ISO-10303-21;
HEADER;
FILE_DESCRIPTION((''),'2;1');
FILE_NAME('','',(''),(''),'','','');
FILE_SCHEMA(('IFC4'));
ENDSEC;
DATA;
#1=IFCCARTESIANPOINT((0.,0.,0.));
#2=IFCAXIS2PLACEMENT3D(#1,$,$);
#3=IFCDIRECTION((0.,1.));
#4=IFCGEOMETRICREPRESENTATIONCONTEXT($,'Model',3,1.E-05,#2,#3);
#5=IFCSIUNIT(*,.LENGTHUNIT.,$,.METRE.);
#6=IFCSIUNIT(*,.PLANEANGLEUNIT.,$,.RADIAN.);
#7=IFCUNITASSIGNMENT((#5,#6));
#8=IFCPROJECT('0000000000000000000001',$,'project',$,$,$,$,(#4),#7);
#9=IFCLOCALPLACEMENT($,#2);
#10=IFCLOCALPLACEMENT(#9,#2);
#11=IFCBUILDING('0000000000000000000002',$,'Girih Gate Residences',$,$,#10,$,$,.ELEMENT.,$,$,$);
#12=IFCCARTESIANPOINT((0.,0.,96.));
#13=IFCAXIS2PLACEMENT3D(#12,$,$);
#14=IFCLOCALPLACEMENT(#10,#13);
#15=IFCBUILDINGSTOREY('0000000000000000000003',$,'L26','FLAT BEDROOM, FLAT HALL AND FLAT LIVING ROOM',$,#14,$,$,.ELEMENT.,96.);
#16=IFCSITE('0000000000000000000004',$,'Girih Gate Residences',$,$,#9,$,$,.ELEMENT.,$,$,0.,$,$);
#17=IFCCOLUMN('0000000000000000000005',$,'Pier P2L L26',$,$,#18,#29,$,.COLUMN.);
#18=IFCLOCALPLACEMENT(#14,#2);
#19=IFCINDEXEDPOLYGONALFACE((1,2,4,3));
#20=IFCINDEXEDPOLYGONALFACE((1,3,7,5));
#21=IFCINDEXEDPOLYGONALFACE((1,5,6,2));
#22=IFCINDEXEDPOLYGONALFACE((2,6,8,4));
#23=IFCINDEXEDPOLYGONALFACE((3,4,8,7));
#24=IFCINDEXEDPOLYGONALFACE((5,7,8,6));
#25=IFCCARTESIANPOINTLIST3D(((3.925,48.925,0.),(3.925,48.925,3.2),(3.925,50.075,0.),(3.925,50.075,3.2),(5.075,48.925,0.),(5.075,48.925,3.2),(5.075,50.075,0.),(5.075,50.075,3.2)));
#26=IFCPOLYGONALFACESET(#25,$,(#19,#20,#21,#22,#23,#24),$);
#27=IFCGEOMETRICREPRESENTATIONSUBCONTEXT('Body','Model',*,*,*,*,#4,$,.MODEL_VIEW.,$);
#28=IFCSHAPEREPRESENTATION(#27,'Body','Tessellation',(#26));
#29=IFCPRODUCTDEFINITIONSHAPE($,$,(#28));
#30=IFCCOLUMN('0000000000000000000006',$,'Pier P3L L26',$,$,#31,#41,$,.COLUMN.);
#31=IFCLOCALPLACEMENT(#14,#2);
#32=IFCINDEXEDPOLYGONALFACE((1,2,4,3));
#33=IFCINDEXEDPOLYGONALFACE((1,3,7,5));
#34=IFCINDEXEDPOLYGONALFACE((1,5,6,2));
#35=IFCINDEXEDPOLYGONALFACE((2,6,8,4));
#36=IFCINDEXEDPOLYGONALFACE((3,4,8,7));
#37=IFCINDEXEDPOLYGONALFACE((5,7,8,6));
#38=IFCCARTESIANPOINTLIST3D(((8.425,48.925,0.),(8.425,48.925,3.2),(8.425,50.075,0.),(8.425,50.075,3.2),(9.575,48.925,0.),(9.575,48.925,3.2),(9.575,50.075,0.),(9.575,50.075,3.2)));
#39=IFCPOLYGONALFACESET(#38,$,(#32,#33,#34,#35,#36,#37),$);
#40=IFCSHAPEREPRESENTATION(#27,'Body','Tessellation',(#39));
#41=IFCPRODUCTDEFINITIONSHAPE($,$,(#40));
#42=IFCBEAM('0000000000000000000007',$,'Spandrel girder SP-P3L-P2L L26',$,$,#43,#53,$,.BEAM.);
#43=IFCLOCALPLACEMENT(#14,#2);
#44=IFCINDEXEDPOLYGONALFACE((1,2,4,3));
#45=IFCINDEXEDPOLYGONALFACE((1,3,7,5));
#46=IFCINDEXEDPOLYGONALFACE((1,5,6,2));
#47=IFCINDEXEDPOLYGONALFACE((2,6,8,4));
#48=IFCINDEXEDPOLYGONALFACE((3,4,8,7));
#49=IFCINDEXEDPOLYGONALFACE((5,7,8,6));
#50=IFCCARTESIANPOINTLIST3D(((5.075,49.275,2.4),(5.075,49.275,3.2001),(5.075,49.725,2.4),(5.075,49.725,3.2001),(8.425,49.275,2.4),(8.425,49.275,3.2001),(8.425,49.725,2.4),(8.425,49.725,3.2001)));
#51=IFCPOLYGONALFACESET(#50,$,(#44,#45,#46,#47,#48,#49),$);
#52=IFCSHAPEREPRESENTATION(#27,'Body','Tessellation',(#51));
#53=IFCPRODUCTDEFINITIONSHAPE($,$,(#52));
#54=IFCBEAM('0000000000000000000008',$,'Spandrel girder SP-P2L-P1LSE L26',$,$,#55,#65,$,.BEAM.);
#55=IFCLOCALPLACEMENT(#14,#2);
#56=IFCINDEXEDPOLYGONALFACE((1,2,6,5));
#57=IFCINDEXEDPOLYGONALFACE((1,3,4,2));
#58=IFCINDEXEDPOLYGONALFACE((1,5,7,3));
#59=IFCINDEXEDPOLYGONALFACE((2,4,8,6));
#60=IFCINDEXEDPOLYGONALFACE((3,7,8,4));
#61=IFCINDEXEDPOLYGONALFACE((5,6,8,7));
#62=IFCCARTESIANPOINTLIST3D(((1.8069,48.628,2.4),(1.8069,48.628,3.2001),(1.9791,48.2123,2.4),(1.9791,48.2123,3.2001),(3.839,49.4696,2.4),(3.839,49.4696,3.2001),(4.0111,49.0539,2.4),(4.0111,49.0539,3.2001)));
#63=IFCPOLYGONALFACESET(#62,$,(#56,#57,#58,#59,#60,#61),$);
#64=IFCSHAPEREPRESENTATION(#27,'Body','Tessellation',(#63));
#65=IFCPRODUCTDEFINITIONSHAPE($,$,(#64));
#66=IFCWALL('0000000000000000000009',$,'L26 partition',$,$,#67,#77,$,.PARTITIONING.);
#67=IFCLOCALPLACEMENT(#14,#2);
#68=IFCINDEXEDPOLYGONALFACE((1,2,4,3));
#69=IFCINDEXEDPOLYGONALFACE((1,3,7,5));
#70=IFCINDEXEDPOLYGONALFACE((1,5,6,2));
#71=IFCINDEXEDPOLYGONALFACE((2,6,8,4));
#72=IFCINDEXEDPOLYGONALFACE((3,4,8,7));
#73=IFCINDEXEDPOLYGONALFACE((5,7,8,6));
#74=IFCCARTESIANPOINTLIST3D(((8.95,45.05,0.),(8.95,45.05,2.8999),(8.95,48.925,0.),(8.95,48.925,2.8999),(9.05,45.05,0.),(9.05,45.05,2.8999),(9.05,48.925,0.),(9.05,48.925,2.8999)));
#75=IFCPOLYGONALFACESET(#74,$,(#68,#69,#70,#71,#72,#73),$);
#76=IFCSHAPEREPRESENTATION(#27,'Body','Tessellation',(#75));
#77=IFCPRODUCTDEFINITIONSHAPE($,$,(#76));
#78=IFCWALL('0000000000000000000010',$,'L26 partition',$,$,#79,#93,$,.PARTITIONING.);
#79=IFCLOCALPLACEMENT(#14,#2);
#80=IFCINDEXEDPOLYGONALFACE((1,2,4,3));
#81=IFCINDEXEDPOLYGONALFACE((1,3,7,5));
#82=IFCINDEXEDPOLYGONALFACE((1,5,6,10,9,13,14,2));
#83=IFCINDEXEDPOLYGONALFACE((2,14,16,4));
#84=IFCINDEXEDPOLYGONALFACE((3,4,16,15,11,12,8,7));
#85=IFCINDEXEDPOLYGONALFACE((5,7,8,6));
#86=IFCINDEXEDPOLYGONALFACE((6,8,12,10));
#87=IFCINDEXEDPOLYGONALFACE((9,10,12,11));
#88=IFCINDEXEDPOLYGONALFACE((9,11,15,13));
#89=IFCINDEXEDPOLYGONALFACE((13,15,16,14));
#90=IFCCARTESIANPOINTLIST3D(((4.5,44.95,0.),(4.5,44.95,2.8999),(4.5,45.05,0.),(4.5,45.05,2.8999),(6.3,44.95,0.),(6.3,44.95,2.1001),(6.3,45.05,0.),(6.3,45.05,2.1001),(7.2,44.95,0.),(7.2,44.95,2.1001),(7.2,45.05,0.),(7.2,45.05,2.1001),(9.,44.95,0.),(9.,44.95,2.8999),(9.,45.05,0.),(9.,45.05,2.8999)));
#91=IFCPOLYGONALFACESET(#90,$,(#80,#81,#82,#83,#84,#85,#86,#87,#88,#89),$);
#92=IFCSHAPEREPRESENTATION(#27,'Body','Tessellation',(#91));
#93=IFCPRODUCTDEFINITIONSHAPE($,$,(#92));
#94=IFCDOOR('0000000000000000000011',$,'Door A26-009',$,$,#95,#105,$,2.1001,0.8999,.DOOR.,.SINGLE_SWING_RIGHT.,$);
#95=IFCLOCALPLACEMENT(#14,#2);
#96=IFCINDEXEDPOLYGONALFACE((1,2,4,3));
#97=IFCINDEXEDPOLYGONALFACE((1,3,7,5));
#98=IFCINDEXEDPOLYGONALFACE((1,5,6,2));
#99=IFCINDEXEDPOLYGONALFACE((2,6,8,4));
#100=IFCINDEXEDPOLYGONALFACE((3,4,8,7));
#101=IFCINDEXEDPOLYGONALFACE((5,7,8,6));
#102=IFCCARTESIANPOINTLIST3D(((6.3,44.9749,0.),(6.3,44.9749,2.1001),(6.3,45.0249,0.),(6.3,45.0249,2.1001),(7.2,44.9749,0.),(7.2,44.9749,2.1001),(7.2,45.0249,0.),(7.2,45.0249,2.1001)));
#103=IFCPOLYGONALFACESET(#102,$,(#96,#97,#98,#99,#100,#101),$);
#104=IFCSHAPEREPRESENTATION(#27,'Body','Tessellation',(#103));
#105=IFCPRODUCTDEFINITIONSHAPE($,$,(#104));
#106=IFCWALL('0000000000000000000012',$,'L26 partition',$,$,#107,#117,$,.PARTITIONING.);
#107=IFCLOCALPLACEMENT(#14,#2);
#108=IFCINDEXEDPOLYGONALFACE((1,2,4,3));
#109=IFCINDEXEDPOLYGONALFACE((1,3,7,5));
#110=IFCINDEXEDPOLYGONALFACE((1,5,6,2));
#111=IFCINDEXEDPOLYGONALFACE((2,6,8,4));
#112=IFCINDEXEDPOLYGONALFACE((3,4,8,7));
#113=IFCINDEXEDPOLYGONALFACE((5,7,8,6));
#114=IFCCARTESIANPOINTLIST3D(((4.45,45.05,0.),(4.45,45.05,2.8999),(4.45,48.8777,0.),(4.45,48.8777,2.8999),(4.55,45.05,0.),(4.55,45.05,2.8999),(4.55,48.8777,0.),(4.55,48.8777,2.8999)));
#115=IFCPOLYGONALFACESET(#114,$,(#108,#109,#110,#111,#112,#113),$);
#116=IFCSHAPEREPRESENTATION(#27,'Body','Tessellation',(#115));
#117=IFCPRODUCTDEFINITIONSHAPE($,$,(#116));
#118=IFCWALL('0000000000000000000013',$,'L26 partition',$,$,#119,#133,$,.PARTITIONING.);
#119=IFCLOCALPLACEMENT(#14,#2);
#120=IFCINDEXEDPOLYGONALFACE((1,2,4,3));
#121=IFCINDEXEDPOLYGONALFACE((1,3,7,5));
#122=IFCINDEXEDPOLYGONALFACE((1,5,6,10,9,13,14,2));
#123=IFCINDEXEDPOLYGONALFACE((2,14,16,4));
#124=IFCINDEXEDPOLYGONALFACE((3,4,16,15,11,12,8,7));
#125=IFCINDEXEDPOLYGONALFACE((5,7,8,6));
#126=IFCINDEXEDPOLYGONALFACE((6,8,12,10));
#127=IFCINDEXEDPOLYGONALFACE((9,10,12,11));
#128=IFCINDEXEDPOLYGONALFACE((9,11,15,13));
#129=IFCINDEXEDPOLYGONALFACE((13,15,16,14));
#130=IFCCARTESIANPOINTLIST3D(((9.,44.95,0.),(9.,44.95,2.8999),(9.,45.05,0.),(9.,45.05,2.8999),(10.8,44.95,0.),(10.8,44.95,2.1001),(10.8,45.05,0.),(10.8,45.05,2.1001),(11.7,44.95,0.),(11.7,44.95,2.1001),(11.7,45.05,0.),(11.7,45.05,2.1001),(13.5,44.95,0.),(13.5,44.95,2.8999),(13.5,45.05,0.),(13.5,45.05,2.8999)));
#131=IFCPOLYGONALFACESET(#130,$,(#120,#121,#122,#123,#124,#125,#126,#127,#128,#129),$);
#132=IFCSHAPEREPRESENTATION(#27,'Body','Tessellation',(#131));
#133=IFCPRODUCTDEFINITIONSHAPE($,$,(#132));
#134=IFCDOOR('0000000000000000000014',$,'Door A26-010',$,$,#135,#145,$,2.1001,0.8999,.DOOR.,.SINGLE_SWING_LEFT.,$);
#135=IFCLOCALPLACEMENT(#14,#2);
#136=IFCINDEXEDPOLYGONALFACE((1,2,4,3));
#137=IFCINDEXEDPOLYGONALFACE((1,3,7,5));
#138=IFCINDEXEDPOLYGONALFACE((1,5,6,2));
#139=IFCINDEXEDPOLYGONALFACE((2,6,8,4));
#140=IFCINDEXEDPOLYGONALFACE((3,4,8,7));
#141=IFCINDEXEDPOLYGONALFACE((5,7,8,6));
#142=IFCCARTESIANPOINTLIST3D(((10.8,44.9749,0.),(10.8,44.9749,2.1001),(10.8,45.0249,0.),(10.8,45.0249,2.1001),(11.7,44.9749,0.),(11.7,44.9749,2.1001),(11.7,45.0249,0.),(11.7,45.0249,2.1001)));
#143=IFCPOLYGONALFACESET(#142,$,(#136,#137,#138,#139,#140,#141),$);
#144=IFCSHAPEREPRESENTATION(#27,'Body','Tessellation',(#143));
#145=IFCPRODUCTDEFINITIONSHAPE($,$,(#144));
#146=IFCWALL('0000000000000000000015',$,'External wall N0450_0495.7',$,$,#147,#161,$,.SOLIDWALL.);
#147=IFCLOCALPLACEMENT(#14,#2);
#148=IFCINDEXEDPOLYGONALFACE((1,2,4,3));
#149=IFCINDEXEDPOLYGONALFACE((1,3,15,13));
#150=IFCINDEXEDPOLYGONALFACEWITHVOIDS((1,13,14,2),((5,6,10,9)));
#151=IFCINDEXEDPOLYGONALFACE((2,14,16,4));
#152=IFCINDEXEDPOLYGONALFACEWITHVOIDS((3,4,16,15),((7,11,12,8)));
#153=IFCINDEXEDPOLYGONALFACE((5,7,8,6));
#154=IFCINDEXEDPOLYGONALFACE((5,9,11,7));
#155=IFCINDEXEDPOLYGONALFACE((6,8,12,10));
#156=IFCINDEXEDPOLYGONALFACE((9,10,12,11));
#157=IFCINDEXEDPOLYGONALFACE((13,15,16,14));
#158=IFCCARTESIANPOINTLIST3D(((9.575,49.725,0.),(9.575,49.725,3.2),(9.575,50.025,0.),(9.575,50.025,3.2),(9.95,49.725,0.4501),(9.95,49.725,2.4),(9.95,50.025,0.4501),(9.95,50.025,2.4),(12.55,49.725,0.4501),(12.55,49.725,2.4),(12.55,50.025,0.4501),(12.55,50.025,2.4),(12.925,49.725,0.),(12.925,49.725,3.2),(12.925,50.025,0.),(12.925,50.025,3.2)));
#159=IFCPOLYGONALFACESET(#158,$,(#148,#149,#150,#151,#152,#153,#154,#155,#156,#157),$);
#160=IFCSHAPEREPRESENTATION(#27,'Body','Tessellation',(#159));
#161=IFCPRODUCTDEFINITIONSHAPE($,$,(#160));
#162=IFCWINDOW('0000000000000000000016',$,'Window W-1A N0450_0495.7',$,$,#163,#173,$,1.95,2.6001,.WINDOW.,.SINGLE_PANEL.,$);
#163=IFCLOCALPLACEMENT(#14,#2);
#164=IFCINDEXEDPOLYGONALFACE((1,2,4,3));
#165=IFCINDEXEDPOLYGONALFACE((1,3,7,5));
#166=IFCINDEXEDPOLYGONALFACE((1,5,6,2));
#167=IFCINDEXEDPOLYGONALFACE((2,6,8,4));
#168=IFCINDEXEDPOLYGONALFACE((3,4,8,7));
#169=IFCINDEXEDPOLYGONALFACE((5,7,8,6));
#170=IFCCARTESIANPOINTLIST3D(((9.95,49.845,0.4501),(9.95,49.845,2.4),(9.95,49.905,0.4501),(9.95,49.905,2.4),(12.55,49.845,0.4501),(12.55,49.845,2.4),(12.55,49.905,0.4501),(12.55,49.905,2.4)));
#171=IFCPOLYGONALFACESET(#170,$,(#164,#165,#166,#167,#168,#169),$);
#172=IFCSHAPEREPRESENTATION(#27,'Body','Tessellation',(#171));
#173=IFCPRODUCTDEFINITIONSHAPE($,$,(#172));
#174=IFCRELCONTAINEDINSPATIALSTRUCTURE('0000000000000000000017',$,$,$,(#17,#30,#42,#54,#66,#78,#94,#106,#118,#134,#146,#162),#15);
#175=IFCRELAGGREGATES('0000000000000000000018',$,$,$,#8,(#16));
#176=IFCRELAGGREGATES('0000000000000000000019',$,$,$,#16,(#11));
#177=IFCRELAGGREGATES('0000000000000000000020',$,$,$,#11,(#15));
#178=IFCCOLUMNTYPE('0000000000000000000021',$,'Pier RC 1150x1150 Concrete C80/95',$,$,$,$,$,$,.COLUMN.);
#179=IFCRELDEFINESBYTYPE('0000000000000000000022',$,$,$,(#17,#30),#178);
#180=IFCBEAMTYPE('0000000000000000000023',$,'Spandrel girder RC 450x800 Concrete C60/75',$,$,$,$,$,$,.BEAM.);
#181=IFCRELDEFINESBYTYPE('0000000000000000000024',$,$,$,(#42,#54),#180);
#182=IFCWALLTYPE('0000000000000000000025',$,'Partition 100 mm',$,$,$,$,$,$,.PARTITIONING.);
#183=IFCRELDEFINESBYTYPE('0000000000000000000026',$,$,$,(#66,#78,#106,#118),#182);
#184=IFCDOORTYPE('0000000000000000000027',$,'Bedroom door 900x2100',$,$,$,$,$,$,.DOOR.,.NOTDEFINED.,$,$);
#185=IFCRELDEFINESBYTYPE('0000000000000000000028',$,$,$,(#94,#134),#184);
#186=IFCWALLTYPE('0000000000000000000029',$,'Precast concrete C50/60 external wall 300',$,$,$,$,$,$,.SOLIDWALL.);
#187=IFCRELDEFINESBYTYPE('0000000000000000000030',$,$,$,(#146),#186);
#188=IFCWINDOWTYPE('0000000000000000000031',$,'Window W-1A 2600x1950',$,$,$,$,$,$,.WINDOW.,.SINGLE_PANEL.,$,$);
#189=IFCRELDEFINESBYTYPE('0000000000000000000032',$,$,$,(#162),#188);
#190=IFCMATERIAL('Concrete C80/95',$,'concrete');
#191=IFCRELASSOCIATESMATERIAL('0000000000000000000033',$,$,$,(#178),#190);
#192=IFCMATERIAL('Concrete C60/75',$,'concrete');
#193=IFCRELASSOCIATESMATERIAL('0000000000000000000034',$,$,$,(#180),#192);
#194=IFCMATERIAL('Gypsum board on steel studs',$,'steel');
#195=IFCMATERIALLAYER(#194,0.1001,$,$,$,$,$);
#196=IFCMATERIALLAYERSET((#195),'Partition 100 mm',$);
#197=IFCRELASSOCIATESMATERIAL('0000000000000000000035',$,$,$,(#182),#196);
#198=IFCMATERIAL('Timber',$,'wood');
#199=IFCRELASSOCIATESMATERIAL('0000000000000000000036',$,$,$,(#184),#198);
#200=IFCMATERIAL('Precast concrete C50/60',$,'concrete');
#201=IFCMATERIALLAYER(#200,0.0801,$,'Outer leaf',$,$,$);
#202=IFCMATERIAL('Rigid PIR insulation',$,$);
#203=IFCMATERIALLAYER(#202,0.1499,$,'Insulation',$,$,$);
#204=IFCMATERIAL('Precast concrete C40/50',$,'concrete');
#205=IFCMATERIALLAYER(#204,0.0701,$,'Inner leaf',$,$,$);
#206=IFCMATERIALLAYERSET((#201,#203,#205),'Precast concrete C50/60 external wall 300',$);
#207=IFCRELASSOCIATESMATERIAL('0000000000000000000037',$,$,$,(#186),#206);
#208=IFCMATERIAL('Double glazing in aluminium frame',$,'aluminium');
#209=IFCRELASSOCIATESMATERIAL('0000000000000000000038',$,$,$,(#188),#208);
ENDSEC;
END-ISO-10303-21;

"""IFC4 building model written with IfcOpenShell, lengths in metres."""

from ifc_helpers import new_model, si_unit, direction, frame, frame_2d, origin, origin_2d, place, context, subcontext, project, spatial, rectangle, extrude, material, layer, layer_set, material_profile, profile_set, type_object, element, fill, save


model = new_model("IFC4")

# Units and contexts
model_context = context("Model", 3, precision=1e-05, world=origin(), true_north=direction((0.0, 1.0)))
body_context = subcontext(model_context, "Body", "Model", "MODEL_VIEW")
ifc_project = project(units=[si_unit("LENGTHUNIT", "METRE"), si_unit("PLANEANGLEUNIT", "RADIAN")], contexts=[model_context])

# Site, building, storey
site_placement = place(None, origin())
site = spatial("IfcSite", under=ifc_project, at=site_placement, Name="Girih Gate Residences", CompositionType="ELEMENT", RefElevation=0.0)
building_placement = place(site_placement, origin())
building = spatial("IfcBuilding", under=site, at=building_placement, Name="Girih Gate Residences", CompositionType="ELEMENT")
storey_placement = place(building_placement, frame((0.0, 0.0, 96.0)))
storey = spatial("IfcBuildingStorey", under=building, at=storey_placement, Name="L26", Description="FLAT BEDROOM, FLAT HALL AND FLAT LIVING ROOM", CompositionType="ELEMENT", Elevation=96.0)

# Columns
ifc_material_1 = material(Name="Concrete C80/95", Category="concrete")
ifc_material_profile_1 = material_profile(ifc_material_1, rectangle(XDim=1.1499, YDim=1.1499, at=origin_2d()))
ifc_profile_set_1 = profile_set([ifc_material_profile_1], Name="Concrete C80/95")
column_type = type_object("IfcColumnType", Name="Pier RC 1150x1150 Concrete C80/95", PredefinedType="COLUMN", material=ifc_profile_set_1)
for number, where, z_axis, x_axis, name in (
    (1, (4.5, 49.5, 0.0), (0.0, 0.0, 1.0), (1.0, 0.0, 0.0), "Pier P2L L26"),
    (2, (9.0, 49.5, 0.0), (0.0, 0.0, 1.0), (1.0, 0.0, 0.0), "Pier P3L L26"),
):
    element("IfcColumn", number, at=place(storey_placement, frame(where, z_axis=z_axis, x_axis=x_axis)), inside=storey, type_object=column_type, Name=name, PredefinedType="COLUMN", context=body_context, shape_type="SweptSolid", body=[
        extrude(rectangle(XDim=1.1499, YDim=1.1499, at=origin_2d()), origin(), (0.0, 0.0, 1.0), 3.2),
    ])

# Beams
ifc_material_2 = material(Name="Concrete C60/75", Category="concrete")
ifc_material_profile_2 = material_profile(ifc_material_2, rectangle(XDim=0.45, YDim=0.8, at=origin_2d()))
ifc_profile_set_2 = profile_set([ifc_material_profile_2], Name="Concrete C60/75")
beam_type = type_object("IfcBeamType", Name="Spandrel girder RC 450x800 Concrete C60/75", PredefinedType="BEAM", material=ifc_profile_set_2)
beam_1_placement = place(storey_placement, frame((8.425, 49.5, 2.8), z_axis=(-1.0, 0.0, 0.0), x_axis=(0.0, -1.0, 0.0)))
element("IfcBeam", 3, at=beam_1_placement, inside=storey, type_object=beam_type, Name="Spandrel girder SP-P3L-P2L L26", PredefinedType="BEAM", context=body_context, shape_type="SweptSolid", body=[
    extrude(rectangle(XDim=0.45, YDim=0.8, at=origin_2d()), origin(), (0.0, 0.0, 1.0), 3.3501),
])
beam_2_placement = place(storey_placement, frame((3.925, 49.2617, 2.8), z_axis=(-0.923899, -0.382636, 0.0), x_axis=(0.382636, -0.923899, 0.0)))
element("IfcBeam", 4, at=beam_2_placement, inside=storey, type_object=beam_type, Name="Spandrel girder SP-P2L-P1LSE L26", PredefinedType="BEAM", context=body_context, shape_type="SweptSolid", body=[
    extrude(rectangle(XDim=0.45, YDim=0.8, at=origin_2d()), origin(), (0.0, 0.0, 1.0), 2.1995),
])

# Wall
ifc_material_3 = material(Name="Gypsum board on steel studs", Category="steel")
ifc_layer_1 = layer(ifc_material_3, 0.1001)
ifc_layer_set_1 = layer_set([ifc_layer_1], Name="Partition 100 mm")
wall_type_1 = type_object("IfcWallType", Name="Partition 100 mm", PredefinedType="PARTITIONING", material=ifc_layer_set_1)
wall_1_placement = place(storey_placement, frame((9.0, 45.05, 0.0), z_axis=(0.0, 0.0, 1.0), x_axis=(0.0, 1.0, 0.0)))
element("IfcWall", 5, at=wall_1_placement, inside=storey, type_object=wall_type_1, Name="L26 partition", PredefinedType="PARTITIONING", context=body_context, shape_type="SweptSolid", body=[
    extrude(rectangle(XDim=3.875, YDim=0.1001, at=frame_2d((1.9375, 0.0))), origin(), (0.0, 0.0, 1.0), 2.8999),
])

# Wall, opening, door
wall_2_placement = place(storey_placement, frame((4.5, 45.0, 0.0), z_axis=(0.0, 0.0, 1.0), x_axis=(1.0, 0.0, 0.0)))
wall_2 = element("IfcWall", 6, at=wall_2_placement, inside=storey, type_object=wall_type_1, Name="L26 partition", PredefinedType="PARTITIONING", context=body_context, shape_type="SweptSolid", body=[
    extrude(rectangle(XDim=4.5, YDim=0.1001, at=frame_2d((2.25, 0.0))), origin(), (0.0, 0.0, 1.0), 2.8999),
])
opening_1_placement = place(wall_2_placement, frame((1.8, 0.0, 0.0)))
opening_1 = element("IfcOpeningElement", 7, at=opening_1_placement, cuts=wall_2, PredefinedType="OPENING", context=body_context, shape_type="SweptSolid", body=[
    extrude(rectangle(XDim=0.8999, YDim=2.1001, at=frame_2d((0.45, 1.05))), frame((0.0, 0.0601, 0.0), z_axis=(0.0, -1.0, 0.0), x_axis=(1.0, 0.0, 0.0)), (0.0, 0.0, 1.0), 0.1201),
])
ifc_material_4 = material(Name="Timber", Category="wood")
door_type = type_object("IfcDoorType", Name="Bedroom door 900x2100", OperationType="NOTDEFINED", PredefinedType="DOOR", material=ifc_material_4)
door_1_placement = place(opening_1_placement, origin())
door_1 = element("IfcDoor", 8, at=door_1_placement, inside=storey, type_object=door_type, Name="Door A26-009", OperationType="SINGLE_SWING_RIGHT", OverallHeight=2.1001, OverallWidth=0.8999, PredefinedType="DOOR", context=body_context, shape_type="SweptSolid", body=[
    extrude(rectangle(XDim=0.8999, YDim=2.1001, at=frame_2d((0.45, 1.05))), frame((0.0, 0.0249, 0.0), z_axis=(0.0, -1.0, 0.0), x_axis=(1.0, 0.0, 0.0)), (0.0, 0.0, 1.0), 0.05),
])
fill(opening_1, door_1)

# Wall
wall_3_placement = place(storey_placement, frame((4.5, 45.05, 0.0), z_axis=(0.0, 0.0, 1.0), x_axis=(0.0, 1.0, 0.0)))
element("IfcWall", 9, at=wall_3_placement, inside=storey, type_object=wall_type_1, Name="L26 partition", PredefinedType="PARTITIONING", context=body_context, shape_type="SweptSolid", body=[
    extrude(rectangle(XDim=3.8276, YDim=0.1001, at=frame_2d((1.9138, 0.0))), origin(), (0.0, 0.0, 1.0), 2.8999),
])

# Wall, opening, door
wall_4_placement = place(storey_placement, frame((9.0, 45.0, 0.0), z_axis=(0.0, 0.0, 1.0), x_axis=(1.0, 0.0, 0.0)))
wall_4 = element("IfcWall", 10, at=wall_4_placement, inside=storey, type_object=wall_type_1, Name="L26 partition", PredefinedType="PARTITIONING", context=body_context, shape_type="SweptSolid", body=[
    extrude(rectangle(XDim=4.5, YDim=0.1001, at=frame_2d((2.25, 0.0))), origin(), (0.0, 0.0, 1.0), 2.8999),
])
opening_2_placement = place(wall_4_placement, frame((1.8, 0.0, 0.0)))
opening_2 = element("IfcOpeningElement", 11, at=opening_2_placement, cuts=wall_4, PredefinedType="OPENING", context=body_context, shape_type="SweptSolid", body=[
    extrude(rectangle(XDim=0.8999, YDim=2.1001, at=frame_2d((0.45, 1.05))), frame((0.0, 0.0601, 0.0), z_axis=(0.0, -1.0, 0.0), x_axis=(1.0, 0.0, 0.0)), (0.0, 0.0, 1.0), 0.1201),
])
door_2_placement = place(opening_2_placement, origin())
door_2 = element("IfcDoor", 12, at=door_2_placement, inside=storey, type_object=door_type, Name="Door A26-010", OperationType="SINGLE_SWING_LEFT", OverallHeight=2.1001, OverallWidth=0.8999, PredefinedType="DOOR", context=body_context, shape_type="SweptSolid", body=[
    extrude(rectangle(XDim=0.8999, YDim=2.1001, at=frame_2d((0.45, 1.05))), frame((0.0, 0.0249, 0.0), z_axis=(0.0, -1.0, 0.0), x_axis=(1.0, 0.0, 0.0)), (0.0, 0.0, 1.0), 0.05),
])
fill(opening_2, door_2)

# Wall, opening, window
ifc_material_5 = material(Name="Precast concrete C50/60", Category="concrete")
ifc_layer_2 = layer(ifc_material_5, 0.0801, Name="Outer leaf")
ifc_material_6 = material(Name="Rigid PIR insulation")
ifc_layer_3 = layer(ifc_material_6, 0.1499, Name="Insulation")
ifc_material_7 = material(Name="Precast concrete C40/50", Category="concrete")
ifc_layer_4 = layer(ifc_material_7, 0.0701, Name="Inner leaf")
ifc_layer_set_2 = layer_set([ifc_layer_2, ifc_layer_3, ifc_layer_4], Name="Precast concrete C50/60 external wall 300")
wall_type_2 = type_object("IfcWallType", Name="Precast concrete C50/60 external wall 300", PredefinedType="SOLIDWALL", material=ifc_layer_set_2)
wall_5_placement = place(storey_placement, frame((9.575, 49.875, 0.0), z_axis=(0.0, 0.0, 1.0), x_axis=(1.0, 0.0, 0.0)))
wall_5 = element("IfcWall", 13, at=wall_5_placement, inside=storey, type_object=wall_type_2, Name="External wall N0450_0495.7", PredefinedType="SOLIDWALL", context=body_context, shape_type="SweptSolid", body=[
    extrude(rectangle(XDim=3.3501, YDim=0.3, at=frame_2d((1.675, 0.0))), origin(), (0.0, 0.0, 1.0), 3.2),
])
opening_3_placement = place(wall_5_placement, frame((0.375, 0.0, 0.45)))
opening_3 = element("IfcOpeningElement", 14, at=opening_3_placement, cuts=wall_5, PredefinedType="OPENING", context=body_context, shape_type="SweptSolid", body=[
    extrude(rectangle(XDim=2.6001, YDim=1.95, at=frame_2d((1.3, 0.9751))), frame((0.0, 0.1599, 0.0), z_axis=(0.0, -1.0, 0.0), x_axis=(1.0, 0.0, 0.0)), (0.0, 0.0, 1.0), 0.3201),
])
ifc_material_8 = material(Name="Double glazing in aluminium frame", Category="aluminium")
window_type = type_object("IfcWindowType", Name="Window W-1A 2600x1950", PartitioningType="SINGLE_PANEL", PredefinedType="WINDOW", material=ifc_material_8)
window_1_placement = place(opening_3_placement, origin())
window_1 = element("IfcWindow", 15, at=window_1_placement, inside=storey, type_object=window_type, Name="Window W-1A N0450_0495.7", OverallHeight=1.95, OverallWidth=2.6001, PartitioningType="SINGLE_PANEL", PredefinedType="WINDOW", context=body_context, shape_type="SweptSolid", body=[
    extrude(rectangle(XDim=2.6001, YDim=1.95, at=frame_2d((1.3, 0.9751))), frame((0.0, 0.03, 0.0), z_axis=(0.0, -1.0, 0.0), x_axis=(1.0, 0.0, 0.0)), (0.0, 0.0, 1.0), 0.0601),
])
fill(opening_3, window_1)

save(model, "model.ifc")
